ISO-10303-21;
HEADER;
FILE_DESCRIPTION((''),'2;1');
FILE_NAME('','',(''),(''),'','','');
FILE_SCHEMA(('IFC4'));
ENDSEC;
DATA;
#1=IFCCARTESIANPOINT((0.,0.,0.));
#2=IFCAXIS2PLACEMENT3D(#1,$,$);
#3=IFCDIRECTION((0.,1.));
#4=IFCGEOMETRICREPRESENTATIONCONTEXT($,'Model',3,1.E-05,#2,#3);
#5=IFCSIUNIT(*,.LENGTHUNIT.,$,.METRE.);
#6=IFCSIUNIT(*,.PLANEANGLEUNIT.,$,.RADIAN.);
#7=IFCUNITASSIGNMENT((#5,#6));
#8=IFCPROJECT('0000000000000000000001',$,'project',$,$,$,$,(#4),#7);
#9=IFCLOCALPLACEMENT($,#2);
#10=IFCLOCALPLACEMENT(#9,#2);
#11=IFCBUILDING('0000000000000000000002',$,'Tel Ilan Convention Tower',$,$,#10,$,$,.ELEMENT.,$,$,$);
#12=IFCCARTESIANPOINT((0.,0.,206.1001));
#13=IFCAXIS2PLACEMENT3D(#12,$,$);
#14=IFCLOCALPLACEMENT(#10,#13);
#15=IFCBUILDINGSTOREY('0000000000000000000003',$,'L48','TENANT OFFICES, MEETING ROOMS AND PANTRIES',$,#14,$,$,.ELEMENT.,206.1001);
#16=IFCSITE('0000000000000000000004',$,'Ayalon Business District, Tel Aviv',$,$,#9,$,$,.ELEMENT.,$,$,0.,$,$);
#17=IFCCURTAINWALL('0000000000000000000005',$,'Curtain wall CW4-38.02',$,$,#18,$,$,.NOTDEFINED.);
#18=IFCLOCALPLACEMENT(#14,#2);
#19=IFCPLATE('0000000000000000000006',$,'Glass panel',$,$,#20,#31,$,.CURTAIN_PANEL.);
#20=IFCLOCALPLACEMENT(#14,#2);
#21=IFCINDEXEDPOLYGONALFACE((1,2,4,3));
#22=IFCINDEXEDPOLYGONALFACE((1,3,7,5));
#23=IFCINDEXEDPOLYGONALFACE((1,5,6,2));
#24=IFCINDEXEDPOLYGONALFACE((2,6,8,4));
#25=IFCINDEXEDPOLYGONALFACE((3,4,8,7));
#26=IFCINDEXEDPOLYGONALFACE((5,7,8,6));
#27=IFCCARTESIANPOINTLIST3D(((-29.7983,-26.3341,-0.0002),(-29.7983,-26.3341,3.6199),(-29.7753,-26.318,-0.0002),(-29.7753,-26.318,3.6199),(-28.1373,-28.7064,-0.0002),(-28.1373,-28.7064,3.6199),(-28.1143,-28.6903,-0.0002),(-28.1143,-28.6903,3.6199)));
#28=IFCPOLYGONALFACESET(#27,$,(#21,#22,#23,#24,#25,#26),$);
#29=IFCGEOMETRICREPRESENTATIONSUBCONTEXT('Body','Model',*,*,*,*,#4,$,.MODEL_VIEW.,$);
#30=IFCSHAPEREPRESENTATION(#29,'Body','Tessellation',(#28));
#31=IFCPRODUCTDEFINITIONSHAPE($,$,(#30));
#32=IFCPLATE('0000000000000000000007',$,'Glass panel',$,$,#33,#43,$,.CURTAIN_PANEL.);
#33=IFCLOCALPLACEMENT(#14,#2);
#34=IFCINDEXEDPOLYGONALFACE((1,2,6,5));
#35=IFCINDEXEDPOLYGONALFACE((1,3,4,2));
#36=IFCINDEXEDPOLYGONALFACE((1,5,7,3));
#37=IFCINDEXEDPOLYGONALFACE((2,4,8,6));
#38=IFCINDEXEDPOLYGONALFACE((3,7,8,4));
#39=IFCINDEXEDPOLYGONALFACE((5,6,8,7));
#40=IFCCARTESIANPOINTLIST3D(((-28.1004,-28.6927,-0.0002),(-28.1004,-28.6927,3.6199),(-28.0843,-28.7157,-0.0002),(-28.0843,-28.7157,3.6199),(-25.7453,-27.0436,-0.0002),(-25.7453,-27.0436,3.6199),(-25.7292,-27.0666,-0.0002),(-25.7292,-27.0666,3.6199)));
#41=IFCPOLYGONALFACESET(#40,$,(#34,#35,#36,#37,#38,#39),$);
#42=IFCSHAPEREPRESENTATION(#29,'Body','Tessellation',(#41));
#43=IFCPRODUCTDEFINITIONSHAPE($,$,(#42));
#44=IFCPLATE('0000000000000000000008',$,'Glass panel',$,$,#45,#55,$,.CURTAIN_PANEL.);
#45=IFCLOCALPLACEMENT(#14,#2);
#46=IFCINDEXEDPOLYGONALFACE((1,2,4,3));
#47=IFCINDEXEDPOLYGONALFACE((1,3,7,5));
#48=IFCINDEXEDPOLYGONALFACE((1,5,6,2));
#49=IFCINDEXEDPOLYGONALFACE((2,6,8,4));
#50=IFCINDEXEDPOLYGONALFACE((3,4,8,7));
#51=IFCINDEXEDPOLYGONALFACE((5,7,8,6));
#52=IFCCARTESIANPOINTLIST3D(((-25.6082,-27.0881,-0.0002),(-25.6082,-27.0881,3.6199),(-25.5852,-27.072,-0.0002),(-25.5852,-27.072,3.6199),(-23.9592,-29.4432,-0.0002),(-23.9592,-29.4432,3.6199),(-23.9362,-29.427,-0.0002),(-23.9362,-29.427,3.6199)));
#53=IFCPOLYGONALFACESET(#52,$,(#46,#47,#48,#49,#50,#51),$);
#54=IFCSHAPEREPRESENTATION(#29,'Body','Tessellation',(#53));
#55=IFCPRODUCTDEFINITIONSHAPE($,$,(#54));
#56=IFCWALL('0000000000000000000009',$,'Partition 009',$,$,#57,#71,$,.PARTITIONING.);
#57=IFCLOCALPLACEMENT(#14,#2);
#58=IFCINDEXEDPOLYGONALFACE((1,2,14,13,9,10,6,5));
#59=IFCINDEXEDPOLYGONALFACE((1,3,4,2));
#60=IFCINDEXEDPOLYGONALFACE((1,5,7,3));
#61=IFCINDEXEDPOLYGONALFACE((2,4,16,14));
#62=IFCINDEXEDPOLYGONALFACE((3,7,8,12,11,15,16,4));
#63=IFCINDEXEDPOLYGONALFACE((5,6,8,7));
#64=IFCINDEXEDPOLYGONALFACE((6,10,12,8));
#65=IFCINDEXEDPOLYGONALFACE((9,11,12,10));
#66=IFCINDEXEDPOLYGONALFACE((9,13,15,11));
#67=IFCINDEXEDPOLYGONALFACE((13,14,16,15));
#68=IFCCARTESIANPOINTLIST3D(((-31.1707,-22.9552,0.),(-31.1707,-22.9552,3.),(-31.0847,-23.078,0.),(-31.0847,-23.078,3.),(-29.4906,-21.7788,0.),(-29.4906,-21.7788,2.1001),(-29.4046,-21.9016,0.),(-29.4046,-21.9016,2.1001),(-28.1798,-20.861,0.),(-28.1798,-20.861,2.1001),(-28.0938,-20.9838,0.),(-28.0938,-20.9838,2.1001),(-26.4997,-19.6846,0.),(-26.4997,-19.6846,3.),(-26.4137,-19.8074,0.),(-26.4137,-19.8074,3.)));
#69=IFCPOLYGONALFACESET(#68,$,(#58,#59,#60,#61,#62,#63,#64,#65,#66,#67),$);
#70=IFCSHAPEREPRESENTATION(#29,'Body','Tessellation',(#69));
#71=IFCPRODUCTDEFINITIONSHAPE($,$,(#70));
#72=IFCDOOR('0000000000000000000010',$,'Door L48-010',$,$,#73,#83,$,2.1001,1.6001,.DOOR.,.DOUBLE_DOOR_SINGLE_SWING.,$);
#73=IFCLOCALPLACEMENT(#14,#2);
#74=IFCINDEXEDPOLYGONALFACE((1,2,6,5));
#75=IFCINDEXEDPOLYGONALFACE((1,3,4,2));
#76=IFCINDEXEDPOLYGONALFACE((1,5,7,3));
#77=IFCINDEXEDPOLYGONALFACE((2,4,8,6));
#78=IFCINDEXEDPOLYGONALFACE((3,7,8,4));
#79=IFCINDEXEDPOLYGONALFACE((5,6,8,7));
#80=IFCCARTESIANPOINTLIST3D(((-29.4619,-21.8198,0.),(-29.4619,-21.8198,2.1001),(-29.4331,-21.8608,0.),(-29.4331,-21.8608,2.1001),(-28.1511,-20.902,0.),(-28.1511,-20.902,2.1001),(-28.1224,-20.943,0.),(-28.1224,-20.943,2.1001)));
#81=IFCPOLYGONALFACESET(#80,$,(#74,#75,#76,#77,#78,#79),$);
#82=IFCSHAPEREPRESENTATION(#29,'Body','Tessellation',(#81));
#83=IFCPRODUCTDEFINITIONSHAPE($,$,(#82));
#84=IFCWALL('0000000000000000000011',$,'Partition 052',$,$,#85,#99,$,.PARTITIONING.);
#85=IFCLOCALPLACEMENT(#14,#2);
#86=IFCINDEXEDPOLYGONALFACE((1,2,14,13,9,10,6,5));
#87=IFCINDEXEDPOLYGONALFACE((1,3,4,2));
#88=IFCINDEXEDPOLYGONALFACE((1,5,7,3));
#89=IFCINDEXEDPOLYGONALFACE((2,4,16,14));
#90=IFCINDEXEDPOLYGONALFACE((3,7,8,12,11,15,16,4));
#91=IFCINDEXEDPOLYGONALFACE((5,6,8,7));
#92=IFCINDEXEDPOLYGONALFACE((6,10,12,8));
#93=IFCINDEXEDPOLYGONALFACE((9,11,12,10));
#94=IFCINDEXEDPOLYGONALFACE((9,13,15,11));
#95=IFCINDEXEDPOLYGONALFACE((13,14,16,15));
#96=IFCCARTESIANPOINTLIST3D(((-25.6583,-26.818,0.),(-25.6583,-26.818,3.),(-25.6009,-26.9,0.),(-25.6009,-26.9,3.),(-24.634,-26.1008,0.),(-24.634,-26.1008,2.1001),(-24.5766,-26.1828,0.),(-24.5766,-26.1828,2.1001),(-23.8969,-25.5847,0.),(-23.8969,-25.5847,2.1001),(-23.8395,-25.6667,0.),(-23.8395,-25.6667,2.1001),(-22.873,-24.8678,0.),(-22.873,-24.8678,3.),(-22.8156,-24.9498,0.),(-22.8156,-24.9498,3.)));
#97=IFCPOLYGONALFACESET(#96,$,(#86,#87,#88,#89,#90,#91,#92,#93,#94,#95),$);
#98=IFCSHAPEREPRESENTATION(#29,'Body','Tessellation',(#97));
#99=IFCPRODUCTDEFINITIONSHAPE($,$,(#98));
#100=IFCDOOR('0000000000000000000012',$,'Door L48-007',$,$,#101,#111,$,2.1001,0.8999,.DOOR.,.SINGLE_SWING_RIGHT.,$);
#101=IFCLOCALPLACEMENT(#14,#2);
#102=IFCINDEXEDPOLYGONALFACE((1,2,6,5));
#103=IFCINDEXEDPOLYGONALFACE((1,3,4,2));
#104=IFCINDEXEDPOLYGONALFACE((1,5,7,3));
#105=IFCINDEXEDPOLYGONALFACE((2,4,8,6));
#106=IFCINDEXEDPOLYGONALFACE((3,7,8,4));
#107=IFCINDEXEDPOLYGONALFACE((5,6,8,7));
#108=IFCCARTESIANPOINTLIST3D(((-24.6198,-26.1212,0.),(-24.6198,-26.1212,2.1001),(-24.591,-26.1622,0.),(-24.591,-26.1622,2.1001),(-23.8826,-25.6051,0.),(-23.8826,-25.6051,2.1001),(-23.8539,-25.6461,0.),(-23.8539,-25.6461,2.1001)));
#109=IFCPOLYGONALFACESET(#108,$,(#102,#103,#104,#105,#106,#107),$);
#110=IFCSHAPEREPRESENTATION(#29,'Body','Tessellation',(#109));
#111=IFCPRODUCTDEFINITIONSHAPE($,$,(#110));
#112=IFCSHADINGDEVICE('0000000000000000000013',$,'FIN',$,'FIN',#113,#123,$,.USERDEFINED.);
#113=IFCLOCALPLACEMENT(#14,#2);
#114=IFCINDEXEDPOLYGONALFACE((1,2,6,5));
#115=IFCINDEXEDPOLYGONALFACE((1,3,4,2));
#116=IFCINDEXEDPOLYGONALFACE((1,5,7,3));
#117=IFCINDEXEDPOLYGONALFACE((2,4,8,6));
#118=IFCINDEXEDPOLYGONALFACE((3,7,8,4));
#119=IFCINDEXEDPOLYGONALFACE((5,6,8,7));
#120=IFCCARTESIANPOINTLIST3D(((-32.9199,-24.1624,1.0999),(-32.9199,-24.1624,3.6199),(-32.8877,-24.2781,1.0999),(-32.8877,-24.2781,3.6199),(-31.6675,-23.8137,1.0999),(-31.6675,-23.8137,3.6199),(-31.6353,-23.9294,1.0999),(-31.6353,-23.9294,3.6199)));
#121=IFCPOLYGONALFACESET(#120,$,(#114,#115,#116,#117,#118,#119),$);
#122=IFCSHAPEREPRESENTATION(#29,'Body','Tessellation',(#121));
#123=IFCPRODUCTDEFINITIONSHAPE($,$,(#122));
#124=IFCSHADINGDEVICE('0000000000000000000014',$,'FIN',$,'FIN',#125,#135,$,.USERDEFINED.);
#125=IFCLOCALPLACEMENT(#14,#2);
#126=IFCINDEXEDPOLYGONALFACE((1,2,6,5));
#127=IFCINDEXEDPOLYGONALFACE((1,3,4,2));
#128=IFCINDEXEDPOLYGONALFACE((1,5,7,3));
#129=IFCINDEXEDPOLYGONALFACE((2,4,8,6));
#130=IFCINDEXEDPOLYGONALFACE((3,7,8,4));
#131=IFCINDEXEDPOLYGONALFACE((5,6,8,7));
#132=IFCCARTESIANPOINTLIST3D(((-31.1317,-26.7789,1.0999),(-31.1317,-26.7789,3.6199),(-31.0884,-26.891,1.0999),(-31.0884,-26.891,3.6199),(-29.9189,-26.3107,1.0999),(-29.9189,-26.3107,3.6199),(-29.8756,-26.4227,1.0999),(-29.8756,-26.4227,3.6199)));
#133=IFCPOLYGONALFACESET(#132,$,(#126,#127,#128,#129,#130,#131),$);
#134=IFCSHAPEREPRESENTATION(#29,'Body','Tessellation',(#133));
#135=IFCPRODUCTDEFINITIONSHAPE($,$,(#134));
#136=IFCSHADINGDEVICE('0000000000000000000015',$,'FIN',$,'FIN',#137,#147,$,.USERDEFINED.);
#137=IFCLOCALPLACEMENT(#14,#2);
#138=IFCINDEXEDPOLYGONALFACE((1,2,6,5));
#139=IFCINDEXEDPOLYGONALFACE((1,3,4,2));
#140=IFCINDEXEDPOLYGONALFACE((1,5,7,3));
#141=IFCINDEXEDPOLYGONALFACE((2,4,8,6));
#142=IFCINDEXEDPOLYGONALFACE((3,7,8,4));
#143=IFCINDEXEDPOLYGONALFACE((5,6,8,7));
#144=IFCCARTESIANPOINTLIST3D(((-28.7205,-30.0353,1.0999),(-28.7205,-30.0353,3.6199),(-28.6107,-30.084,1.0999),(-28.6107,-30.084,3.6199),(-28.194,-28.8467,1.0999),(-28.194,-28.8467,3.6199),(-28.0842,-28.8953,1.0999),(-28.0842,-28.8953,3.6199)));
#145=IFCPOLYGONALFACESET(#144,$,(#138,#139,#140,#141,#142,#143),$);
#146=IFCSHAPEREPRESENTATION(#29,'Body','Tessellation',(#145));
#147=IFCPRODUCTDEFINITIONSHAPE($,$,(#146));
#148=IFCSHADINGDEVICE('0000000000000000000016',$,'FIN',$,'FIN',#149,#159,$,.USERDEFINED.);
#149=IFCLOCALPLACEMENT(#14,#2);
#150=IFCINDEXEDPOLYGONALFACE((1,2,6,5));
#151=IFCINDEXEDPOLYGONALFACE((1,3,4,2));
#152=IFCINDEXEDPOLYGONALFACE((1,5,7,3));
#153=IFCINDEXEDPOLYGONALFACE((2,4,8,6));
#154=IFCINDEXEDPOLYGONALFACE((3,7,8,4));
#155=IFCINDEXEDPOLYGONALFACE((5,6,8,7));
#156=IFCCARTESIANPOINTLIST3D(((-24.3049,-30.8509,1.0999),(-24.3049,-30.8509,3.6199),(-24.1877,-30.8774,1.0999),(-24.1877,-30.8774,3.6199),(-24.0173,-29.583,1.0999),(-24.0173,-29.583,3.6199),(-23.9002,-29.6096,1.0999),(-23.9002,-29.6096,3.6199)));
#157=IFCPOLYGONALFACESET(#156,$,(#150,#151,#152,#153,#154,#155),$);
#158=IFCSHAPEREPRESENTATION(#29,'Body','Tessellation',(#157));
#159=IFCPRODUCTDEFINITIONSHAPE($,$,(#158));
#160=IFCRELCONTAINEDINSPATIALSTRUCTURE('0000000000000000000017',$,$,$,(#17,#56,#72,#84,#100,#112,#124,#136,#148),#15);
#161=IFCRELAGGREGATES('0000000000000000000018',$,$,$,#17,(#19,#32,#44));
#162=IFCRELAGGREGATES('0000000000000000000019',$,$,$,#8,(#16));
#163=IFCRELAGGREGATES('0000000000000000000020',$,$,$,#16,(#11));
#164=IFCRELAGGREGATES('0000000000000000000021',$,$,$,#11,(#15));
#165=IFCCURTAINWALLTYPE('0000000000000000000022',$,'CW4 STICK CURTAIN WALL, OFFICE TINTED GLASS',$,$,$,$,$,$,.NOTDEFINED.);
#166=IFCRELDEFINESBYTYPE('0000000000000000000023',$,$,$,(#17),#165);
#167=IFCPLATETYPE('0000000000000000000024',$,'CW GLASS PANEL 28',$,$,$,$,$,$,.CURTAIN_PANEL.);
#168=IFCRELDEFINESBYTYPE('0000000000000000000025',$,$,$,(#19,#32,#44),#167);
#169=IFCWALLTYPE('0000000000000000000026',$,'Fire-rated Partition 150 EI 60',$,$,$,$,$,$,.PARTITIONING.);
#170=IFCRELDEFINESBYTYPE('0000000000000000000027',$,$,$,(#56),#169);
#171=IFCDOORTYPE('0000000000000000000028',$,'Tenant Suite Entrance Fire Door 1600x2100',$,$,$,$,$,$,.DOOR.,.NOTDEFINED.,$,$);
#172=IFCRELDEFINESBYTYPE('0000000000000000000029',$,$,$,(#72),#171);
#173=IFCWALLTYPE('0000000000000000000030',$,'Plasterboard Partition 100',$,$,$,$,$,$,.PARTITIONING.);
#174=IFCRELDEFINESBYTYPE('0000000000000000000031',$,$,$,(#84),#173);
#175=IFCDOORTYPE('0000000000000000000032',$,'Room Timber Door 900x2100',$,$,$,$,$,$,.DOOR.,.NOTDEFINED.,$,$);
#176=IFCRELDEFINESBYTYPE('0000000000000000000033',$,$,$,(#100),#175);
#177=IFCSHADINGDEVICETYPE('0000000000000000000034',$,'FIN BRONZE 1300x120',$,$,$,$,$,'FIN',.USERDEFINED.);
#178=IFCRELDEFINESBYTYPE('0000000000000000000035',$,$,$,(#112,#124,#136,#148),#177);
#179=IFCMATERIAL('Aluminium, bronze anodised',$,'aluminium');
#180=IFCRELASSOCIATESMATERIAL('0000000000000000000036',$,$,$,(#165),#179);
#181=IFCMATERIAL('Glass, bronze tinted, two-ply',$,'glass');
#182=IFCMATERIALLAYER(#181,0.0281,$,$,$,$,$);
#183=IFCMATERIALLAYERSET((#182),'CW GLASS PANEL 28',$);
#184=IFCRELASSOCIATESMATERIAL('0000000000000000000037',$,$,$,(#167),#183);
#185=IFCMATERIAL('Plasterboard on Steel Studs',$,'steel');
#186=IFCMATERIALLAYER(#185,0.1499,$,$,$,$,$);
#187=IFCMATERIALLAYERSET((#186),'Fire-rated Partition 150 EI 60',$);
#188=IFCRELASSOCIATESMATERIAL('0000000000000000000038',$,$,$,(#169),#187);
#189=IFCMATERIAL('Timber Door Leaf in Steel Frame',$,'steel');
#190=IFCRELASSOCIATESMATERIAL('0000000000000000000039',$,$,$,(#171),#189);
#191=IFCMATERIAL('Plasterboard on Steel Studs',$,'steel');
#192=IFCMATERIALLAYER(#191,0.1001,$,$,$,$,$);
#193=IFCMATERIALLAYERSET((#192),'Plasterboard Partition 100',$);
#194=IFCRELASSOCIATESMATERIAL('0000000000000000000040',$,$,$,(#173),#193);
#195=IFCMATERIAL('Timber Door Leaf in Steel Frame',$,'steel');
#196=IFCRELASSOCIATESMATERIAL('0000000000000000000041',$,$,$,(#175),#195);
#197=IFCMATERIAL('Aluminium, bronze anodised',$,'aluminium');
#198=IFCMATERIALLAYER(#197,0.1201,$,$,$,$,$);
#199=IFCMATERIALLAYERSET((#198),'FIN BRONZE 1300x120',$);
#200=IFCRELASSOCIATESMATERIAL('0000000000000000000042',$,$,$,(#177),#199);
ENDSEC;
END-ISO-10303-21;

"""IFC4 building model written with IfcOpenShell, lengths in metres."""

from ifc_helpers import new_model, si_unit, direction, frame, frame_2d, origin, origin_2d, place, context, subcontext, project, spatial, rectangle, extrude, material, layer, layer_set, type_object, element, fill, aggregate, save


model = new_model("IFC4")

# Units and contexts
model_context = context("Model", 3, precision=1e-05, world=origin(), true_north=direction((0.0, 1.0)))
body_context = subcontext(model_context, "Body", "Model", "MODEL_VIEW")
ifc_project = project(units=[si_unit("LENGTHUNIT", "METRE"), si_unit("PLANEANGLEUNIT", "RADIAN")], contexts=[model_context])

# Site, building, storey
site_placement = place(None, origin())
site = spatial("IfcSite", under=ifc_project, at=site_placement, Name="Ayalon Business District, Tel Aviv", CompositionType="ELEMENT", RefElevation=0.0)
building_placement = place(site_placement, origin())
building = spatial("IfcBuilding", under=site, at=building_placement, Name="Tel Ilan Convention Tower", CompositionType="ELEMENT")
storey_placement = place(building_placement, frame((0.0, 0.0, 206.1001)))
storey = spatial("IfcBuildingStorey", under=building, at=storey_placement, Name="L48", Description="TENANT OFFICES, MEETING ROOMS AND PANTRIES", CompositionType="ELEMENT", Elevation=206.1001)

# Curtain wall, plates
ifc_material_1 = material(Name="Aluminium, bronze anodised", Category="aluminium")
curtain_wall_type = type_object("IfcCurtainWallType", Name="CW4 STICK CURTAIN WALL, OFFICE TINTED GLASS", PredefinedType="NOTDEFINED", material=ifc_material_1)
curtain_wall_placement = place(storey_placement, origin())
curtain_wall = element("IfcCurtainWall", 1, at=curtain_wall_placement, inside=storey, type_object=curtain_wall_type, Name="Curtain wall CW4-38.02", PredefinedType="NOTDEFINED")
ifc_material_2 = material(Name="Glass, bronze tinted, two-ply", Category="glass")
ifc_layer_1 = layer(ifc_material_2, 0.0281)
ifc_layer_set_1 = layer_set([ifc_layer_1], Name="CW GLASS PANEL 28")
plate_type = type_object("IfcPlateType", Name="CW GLASS PANEL 28", PredefinedType="CURTAIN_PANEL", material=ifc_layer_set_1)
plate_1_placement = place(storey_placement, frame((-28.9563, -27.5122, -0.0002), z_axis=(0.0, 0.0, 1.0), x_axis=(0.573576, -0.819152, 0.0)))
plate_1 = element("IfcPlate", 2, at=plate_1_placement, type_object=plate_type, Name="Glass panel", PredefinedType="CURTAIN_PANEL", context=body_context, shape_type="SweptSolid", body=[
    extrude(rectangle(XDim=2.896, YDim=0.0281, at=origin_2d()), origin(), (0.0, 0.0, 1.0), 3.6201),
])
plate_2_placement = place(storey_placement, frame((-26.9148, -27.8796, -0.0002), z_axis=(0.0, 0.0, 1.0), x_axis=(0.819152, 0.573576, 0.0)))
plate_2 = element("IfcPlate", 3, at=plate_2_placement, type_object=plate_type, Name="Glass panel", PredefinedType="CURTAIN_PANEL", context=body_context, shape_type="SweptSolid", body=[
    extrude(rectangle(XDim=2.875, YDim=0.0281, at=origin_2d()), origin(), (0.0, 0.0, 1.0), 3.6201),
])
plate_3_placement = place(storey_placement, frame((-24.7722, -28.2576, -0.0002), z_axis=(0.0, 0.0, 1.0), x_axis=(0.573576, -0.819152, 0.0)))
plate_3 = element("IfcPlate", 4, at=plate_3_placement, type_object=plate_type, Name="Glass panel", PredefinedType="CURTAIN_PANEL", context=body_context, shape_type="SweptSolid", body=[
    extrude(rectangle(XDim=2.875, YDim=0.0281, at=origin_2d()), origin(), (0.0, 0.0, 1.0), 3.6201),
])
aggregate(curtain_wall, [plate_1, plate_2, plate_3])

# Walls, openings, doors
ifc_material_3 = material(Name="Plasterboard on Steel Studs", Category="steel")
ifc_layer_2 = layer(ifc_material_3, 0.1499)
ifc_layer_set_2 = layer_set([ifc_layer_2], Name="Fire-rated Partition 150 EI 60")
wall_type_1 = type_object("IfcWallType", Name="Fire-rated Partition 150 EI 60", PredefinedType="PARTITIONING", material=ifc_layer_set_2)
wall_1_placement = place(storey_placement, frame((-31.1277, -23.0166, 0.0), z_axis=(0.0, 0.0, 1.0), x_axis=(0.81916, 0.573566, 0.0)))
wall_1 = element("IfcWall", 5, at=wall_1_placement, inside=storey, type_object=wall_type_1, Name="Partition 009", PredefinedType="PARTITIONING", context=body_context, shape_type="SweptSolid", body=[
    extrude(rectangle(XDim=5.7021, YDim=0.1499, at=frame_2d((2.8511, 0.0))), origin(), (0.0, 0.0, 1.0), 3.0),
])
opening_1_placement = place(wall_1_placement, frame((2.051, 0.0, 0.0)))
opening_1 = element("IfcOpeningElement", 6, at=opening_1_placement, cuts=wall_1, PredefinedType="OPENING", context=body_context, shape_type="SweptSolid", body=[
    extrude(rectangle(XDim=1.6001, YDim=2.1001, at=frame_2d((0.8, 1.05))), frame((0.0, 0.085, 0.0), z_axis=(0.0, -1.0, 0.0), x_axis=(1.0, 0.0, 0.0)), (0.0, 0.0, 1.0), 0.1699),
])
ifc_material_4 = material(Name="Timber Door Leaf in Steel Frame", Category="steel")
door_type_1 = type_object("IfcDoorType", Name="Tenant Suite Entrance Fire Door 1600x2100", OperationType="NOTDEFINED", PredefinedType="DOOR", material=ifc_material_4)
door_1_placement = place(opening_1_placement, origin())
door_1 = element("IfcDoor", 7, at=door_1_placement, inside=storey, type_object=door_type_1, Name="Door L48-010", OperationType="DOUBLE_DOOR_SINGLE_SWING", OverallHeight=2.1001, OverallWidth=1.6001, PredefinedType="DOOR", context=body_context, shape_type="SweptSolid", body=[
    extrude(rectangle(XDim=1.6001, YDim=2.1001, at=frame_2d((0.8, 1.05))), frame((0.0, 0.0249, 0.0), z_axis=(0.0, -1.0, 0.0), x_axis=(1.0, 0.0, 0.0)), (0.0, 0.0, 1.0), 0.05),
])
fill(opening_1, door_1)
ifc_material_5 = material(Name="Plasterboard on Steel Studs", Category="steel")
ifc_layer_3 = layer(ifc_material_5, 0.1001)
ifc_layer_set_3 = layer_set([ifc_layer_3], Name="Plasterboard Partition 100")
wall_type_2 = type_object("IfcWallType", Name="Plasterboard Partition 100", PredefinedType="PARTITIONING", material=ifc_layer_set_3)
wall_2_placement = place(storey_placement, frame((-22.8442, -24.9087, 0.0), z_axis=(0.0, 0.0, 1.0), x_axis=(-0.819151, -0.573578, 0.0)))
wall_2 = element("IfcWall", 8, at=wall_2_placement, inside=storey, type_object=wall_type_2, Name="Partition 052", PredefinedType="PARTITIONING", context=body_context, shape_type="SweptSolid", body=[
    extrude(rectangle(XDim=3.4001, YDim=0.1001, at=frame_2d((1.7002, 0.0))), origin(), (0.0, 0.0, 1.0), 3.0),
])
opening_2_placement = place(wall_2_placement, frame((1.25, 0.0, 0.0)))
opening_2 = element("IfcOpeningElement", 9, at=opening_2_placement, cuts=wall_2, PredefinedType="OPENING", context=body_context, shape_type="SweptSolid", body=[
    extrude(rectangle(XDim=0.8999, YDim=2.1001, at=frame_2d((0.45, 1.05))), frame((0.0, 0.0601, 0.0), z_axis=(0.0, -1.0, 0.0), x_axis=(1.0, 0.0, 0.0)), (0.0, 0.0, 1.0), 0.1201),
])
ifc_material_6 = material(Name="Timber Door Leaf in Steel Frame", Category="steel")
door_type_2 = type_object("IfcDoorType", Name="Room Timber Door 900x2100", OperationType="NOTDEFINED", PredefinedType="DOOR", material=ifc_material_6)
door_2_placement = place(opening_2_placement, origin())
door_2 = element("IfcDoor", 10, at=door_2_placement, inside=storey, type_object=door_type_2, Name="Door L48-007", OperationType="SINGLE_SWING_RIGHT", OverallHeight=2.1001, OverallWidth=0.8999, PredefinedType="DOOR", context=body_context, shape_type="SweptSolid", body=[
    extrude(rectangle(XDim=0.8999, YDim=2.1001, at=frame_2d((0.45, 1.05))), frame((0.0, 0.0249, 0.0), z_axis=(0.0, -1.0, 0.0), x_axis=(1.0, 0.0, 0.0)), (0.0, 0.0, 1.0), 0.05),
])
fill(opening_2, door_2)

# Shading devices
ifc_material_7 = material(Name="Aluminium, bronze anodised", Category="aluminium")
ifc_layer_4 = layer(ifc_material_7, 0.1201)
ifc_layer_set_4 = layer_set([ifc_layer_4], Name="FIN BRONZE 1300x120")
shading_device_type = type_object("IfcShadingDeviceType", Name="FIN BRONZE 1300x120", ElementType="FIN", PredefinedType="USERDEFINED", material=ifc_layer_set_4)
for number, where, z_axis, x_axis, name in (
    (11, (-32.2776, -24.0459, 1.0999), (0.0, 0.0, 1.0), (-0.963371, -0.268173, 0.0), "FIN"),
    (12, (-30.5037, -26.6008, 1.0999), (0.0, 0.0, 1.0), (-0.932884, -0.360178, 0.0), "FIN"),
    (13, (-28.4023, -29.4653, 1.0999), (0.0, 0.0, 1.0), (-0.404964, -0.914333, 0.0), "FIN"),
    (14, (-24.1025, -30.2302, 1.0999), (0.0, 0.0, 1.0), (-0.22117, -0.975235, 0.0), "FIN"),
):
    element("IfcShadingDevice", number, at=place(storey_placement, frame(where, z_axis=z_axis, x_axis=x_axis)), inside=storey, type_object=shading_device_type, Name=name, ObjectType="FIN", PredefinedType="USERDEFINED", context=body_context, shape_type="SweptSolid", body=[
        extrude(rectangle(XDim=1.3, YDim=0.1201, at=origin_2d()), origin(), (0.0, 0.0, 1.0), 2.52),
    ])

save(model, "model.ifc")
